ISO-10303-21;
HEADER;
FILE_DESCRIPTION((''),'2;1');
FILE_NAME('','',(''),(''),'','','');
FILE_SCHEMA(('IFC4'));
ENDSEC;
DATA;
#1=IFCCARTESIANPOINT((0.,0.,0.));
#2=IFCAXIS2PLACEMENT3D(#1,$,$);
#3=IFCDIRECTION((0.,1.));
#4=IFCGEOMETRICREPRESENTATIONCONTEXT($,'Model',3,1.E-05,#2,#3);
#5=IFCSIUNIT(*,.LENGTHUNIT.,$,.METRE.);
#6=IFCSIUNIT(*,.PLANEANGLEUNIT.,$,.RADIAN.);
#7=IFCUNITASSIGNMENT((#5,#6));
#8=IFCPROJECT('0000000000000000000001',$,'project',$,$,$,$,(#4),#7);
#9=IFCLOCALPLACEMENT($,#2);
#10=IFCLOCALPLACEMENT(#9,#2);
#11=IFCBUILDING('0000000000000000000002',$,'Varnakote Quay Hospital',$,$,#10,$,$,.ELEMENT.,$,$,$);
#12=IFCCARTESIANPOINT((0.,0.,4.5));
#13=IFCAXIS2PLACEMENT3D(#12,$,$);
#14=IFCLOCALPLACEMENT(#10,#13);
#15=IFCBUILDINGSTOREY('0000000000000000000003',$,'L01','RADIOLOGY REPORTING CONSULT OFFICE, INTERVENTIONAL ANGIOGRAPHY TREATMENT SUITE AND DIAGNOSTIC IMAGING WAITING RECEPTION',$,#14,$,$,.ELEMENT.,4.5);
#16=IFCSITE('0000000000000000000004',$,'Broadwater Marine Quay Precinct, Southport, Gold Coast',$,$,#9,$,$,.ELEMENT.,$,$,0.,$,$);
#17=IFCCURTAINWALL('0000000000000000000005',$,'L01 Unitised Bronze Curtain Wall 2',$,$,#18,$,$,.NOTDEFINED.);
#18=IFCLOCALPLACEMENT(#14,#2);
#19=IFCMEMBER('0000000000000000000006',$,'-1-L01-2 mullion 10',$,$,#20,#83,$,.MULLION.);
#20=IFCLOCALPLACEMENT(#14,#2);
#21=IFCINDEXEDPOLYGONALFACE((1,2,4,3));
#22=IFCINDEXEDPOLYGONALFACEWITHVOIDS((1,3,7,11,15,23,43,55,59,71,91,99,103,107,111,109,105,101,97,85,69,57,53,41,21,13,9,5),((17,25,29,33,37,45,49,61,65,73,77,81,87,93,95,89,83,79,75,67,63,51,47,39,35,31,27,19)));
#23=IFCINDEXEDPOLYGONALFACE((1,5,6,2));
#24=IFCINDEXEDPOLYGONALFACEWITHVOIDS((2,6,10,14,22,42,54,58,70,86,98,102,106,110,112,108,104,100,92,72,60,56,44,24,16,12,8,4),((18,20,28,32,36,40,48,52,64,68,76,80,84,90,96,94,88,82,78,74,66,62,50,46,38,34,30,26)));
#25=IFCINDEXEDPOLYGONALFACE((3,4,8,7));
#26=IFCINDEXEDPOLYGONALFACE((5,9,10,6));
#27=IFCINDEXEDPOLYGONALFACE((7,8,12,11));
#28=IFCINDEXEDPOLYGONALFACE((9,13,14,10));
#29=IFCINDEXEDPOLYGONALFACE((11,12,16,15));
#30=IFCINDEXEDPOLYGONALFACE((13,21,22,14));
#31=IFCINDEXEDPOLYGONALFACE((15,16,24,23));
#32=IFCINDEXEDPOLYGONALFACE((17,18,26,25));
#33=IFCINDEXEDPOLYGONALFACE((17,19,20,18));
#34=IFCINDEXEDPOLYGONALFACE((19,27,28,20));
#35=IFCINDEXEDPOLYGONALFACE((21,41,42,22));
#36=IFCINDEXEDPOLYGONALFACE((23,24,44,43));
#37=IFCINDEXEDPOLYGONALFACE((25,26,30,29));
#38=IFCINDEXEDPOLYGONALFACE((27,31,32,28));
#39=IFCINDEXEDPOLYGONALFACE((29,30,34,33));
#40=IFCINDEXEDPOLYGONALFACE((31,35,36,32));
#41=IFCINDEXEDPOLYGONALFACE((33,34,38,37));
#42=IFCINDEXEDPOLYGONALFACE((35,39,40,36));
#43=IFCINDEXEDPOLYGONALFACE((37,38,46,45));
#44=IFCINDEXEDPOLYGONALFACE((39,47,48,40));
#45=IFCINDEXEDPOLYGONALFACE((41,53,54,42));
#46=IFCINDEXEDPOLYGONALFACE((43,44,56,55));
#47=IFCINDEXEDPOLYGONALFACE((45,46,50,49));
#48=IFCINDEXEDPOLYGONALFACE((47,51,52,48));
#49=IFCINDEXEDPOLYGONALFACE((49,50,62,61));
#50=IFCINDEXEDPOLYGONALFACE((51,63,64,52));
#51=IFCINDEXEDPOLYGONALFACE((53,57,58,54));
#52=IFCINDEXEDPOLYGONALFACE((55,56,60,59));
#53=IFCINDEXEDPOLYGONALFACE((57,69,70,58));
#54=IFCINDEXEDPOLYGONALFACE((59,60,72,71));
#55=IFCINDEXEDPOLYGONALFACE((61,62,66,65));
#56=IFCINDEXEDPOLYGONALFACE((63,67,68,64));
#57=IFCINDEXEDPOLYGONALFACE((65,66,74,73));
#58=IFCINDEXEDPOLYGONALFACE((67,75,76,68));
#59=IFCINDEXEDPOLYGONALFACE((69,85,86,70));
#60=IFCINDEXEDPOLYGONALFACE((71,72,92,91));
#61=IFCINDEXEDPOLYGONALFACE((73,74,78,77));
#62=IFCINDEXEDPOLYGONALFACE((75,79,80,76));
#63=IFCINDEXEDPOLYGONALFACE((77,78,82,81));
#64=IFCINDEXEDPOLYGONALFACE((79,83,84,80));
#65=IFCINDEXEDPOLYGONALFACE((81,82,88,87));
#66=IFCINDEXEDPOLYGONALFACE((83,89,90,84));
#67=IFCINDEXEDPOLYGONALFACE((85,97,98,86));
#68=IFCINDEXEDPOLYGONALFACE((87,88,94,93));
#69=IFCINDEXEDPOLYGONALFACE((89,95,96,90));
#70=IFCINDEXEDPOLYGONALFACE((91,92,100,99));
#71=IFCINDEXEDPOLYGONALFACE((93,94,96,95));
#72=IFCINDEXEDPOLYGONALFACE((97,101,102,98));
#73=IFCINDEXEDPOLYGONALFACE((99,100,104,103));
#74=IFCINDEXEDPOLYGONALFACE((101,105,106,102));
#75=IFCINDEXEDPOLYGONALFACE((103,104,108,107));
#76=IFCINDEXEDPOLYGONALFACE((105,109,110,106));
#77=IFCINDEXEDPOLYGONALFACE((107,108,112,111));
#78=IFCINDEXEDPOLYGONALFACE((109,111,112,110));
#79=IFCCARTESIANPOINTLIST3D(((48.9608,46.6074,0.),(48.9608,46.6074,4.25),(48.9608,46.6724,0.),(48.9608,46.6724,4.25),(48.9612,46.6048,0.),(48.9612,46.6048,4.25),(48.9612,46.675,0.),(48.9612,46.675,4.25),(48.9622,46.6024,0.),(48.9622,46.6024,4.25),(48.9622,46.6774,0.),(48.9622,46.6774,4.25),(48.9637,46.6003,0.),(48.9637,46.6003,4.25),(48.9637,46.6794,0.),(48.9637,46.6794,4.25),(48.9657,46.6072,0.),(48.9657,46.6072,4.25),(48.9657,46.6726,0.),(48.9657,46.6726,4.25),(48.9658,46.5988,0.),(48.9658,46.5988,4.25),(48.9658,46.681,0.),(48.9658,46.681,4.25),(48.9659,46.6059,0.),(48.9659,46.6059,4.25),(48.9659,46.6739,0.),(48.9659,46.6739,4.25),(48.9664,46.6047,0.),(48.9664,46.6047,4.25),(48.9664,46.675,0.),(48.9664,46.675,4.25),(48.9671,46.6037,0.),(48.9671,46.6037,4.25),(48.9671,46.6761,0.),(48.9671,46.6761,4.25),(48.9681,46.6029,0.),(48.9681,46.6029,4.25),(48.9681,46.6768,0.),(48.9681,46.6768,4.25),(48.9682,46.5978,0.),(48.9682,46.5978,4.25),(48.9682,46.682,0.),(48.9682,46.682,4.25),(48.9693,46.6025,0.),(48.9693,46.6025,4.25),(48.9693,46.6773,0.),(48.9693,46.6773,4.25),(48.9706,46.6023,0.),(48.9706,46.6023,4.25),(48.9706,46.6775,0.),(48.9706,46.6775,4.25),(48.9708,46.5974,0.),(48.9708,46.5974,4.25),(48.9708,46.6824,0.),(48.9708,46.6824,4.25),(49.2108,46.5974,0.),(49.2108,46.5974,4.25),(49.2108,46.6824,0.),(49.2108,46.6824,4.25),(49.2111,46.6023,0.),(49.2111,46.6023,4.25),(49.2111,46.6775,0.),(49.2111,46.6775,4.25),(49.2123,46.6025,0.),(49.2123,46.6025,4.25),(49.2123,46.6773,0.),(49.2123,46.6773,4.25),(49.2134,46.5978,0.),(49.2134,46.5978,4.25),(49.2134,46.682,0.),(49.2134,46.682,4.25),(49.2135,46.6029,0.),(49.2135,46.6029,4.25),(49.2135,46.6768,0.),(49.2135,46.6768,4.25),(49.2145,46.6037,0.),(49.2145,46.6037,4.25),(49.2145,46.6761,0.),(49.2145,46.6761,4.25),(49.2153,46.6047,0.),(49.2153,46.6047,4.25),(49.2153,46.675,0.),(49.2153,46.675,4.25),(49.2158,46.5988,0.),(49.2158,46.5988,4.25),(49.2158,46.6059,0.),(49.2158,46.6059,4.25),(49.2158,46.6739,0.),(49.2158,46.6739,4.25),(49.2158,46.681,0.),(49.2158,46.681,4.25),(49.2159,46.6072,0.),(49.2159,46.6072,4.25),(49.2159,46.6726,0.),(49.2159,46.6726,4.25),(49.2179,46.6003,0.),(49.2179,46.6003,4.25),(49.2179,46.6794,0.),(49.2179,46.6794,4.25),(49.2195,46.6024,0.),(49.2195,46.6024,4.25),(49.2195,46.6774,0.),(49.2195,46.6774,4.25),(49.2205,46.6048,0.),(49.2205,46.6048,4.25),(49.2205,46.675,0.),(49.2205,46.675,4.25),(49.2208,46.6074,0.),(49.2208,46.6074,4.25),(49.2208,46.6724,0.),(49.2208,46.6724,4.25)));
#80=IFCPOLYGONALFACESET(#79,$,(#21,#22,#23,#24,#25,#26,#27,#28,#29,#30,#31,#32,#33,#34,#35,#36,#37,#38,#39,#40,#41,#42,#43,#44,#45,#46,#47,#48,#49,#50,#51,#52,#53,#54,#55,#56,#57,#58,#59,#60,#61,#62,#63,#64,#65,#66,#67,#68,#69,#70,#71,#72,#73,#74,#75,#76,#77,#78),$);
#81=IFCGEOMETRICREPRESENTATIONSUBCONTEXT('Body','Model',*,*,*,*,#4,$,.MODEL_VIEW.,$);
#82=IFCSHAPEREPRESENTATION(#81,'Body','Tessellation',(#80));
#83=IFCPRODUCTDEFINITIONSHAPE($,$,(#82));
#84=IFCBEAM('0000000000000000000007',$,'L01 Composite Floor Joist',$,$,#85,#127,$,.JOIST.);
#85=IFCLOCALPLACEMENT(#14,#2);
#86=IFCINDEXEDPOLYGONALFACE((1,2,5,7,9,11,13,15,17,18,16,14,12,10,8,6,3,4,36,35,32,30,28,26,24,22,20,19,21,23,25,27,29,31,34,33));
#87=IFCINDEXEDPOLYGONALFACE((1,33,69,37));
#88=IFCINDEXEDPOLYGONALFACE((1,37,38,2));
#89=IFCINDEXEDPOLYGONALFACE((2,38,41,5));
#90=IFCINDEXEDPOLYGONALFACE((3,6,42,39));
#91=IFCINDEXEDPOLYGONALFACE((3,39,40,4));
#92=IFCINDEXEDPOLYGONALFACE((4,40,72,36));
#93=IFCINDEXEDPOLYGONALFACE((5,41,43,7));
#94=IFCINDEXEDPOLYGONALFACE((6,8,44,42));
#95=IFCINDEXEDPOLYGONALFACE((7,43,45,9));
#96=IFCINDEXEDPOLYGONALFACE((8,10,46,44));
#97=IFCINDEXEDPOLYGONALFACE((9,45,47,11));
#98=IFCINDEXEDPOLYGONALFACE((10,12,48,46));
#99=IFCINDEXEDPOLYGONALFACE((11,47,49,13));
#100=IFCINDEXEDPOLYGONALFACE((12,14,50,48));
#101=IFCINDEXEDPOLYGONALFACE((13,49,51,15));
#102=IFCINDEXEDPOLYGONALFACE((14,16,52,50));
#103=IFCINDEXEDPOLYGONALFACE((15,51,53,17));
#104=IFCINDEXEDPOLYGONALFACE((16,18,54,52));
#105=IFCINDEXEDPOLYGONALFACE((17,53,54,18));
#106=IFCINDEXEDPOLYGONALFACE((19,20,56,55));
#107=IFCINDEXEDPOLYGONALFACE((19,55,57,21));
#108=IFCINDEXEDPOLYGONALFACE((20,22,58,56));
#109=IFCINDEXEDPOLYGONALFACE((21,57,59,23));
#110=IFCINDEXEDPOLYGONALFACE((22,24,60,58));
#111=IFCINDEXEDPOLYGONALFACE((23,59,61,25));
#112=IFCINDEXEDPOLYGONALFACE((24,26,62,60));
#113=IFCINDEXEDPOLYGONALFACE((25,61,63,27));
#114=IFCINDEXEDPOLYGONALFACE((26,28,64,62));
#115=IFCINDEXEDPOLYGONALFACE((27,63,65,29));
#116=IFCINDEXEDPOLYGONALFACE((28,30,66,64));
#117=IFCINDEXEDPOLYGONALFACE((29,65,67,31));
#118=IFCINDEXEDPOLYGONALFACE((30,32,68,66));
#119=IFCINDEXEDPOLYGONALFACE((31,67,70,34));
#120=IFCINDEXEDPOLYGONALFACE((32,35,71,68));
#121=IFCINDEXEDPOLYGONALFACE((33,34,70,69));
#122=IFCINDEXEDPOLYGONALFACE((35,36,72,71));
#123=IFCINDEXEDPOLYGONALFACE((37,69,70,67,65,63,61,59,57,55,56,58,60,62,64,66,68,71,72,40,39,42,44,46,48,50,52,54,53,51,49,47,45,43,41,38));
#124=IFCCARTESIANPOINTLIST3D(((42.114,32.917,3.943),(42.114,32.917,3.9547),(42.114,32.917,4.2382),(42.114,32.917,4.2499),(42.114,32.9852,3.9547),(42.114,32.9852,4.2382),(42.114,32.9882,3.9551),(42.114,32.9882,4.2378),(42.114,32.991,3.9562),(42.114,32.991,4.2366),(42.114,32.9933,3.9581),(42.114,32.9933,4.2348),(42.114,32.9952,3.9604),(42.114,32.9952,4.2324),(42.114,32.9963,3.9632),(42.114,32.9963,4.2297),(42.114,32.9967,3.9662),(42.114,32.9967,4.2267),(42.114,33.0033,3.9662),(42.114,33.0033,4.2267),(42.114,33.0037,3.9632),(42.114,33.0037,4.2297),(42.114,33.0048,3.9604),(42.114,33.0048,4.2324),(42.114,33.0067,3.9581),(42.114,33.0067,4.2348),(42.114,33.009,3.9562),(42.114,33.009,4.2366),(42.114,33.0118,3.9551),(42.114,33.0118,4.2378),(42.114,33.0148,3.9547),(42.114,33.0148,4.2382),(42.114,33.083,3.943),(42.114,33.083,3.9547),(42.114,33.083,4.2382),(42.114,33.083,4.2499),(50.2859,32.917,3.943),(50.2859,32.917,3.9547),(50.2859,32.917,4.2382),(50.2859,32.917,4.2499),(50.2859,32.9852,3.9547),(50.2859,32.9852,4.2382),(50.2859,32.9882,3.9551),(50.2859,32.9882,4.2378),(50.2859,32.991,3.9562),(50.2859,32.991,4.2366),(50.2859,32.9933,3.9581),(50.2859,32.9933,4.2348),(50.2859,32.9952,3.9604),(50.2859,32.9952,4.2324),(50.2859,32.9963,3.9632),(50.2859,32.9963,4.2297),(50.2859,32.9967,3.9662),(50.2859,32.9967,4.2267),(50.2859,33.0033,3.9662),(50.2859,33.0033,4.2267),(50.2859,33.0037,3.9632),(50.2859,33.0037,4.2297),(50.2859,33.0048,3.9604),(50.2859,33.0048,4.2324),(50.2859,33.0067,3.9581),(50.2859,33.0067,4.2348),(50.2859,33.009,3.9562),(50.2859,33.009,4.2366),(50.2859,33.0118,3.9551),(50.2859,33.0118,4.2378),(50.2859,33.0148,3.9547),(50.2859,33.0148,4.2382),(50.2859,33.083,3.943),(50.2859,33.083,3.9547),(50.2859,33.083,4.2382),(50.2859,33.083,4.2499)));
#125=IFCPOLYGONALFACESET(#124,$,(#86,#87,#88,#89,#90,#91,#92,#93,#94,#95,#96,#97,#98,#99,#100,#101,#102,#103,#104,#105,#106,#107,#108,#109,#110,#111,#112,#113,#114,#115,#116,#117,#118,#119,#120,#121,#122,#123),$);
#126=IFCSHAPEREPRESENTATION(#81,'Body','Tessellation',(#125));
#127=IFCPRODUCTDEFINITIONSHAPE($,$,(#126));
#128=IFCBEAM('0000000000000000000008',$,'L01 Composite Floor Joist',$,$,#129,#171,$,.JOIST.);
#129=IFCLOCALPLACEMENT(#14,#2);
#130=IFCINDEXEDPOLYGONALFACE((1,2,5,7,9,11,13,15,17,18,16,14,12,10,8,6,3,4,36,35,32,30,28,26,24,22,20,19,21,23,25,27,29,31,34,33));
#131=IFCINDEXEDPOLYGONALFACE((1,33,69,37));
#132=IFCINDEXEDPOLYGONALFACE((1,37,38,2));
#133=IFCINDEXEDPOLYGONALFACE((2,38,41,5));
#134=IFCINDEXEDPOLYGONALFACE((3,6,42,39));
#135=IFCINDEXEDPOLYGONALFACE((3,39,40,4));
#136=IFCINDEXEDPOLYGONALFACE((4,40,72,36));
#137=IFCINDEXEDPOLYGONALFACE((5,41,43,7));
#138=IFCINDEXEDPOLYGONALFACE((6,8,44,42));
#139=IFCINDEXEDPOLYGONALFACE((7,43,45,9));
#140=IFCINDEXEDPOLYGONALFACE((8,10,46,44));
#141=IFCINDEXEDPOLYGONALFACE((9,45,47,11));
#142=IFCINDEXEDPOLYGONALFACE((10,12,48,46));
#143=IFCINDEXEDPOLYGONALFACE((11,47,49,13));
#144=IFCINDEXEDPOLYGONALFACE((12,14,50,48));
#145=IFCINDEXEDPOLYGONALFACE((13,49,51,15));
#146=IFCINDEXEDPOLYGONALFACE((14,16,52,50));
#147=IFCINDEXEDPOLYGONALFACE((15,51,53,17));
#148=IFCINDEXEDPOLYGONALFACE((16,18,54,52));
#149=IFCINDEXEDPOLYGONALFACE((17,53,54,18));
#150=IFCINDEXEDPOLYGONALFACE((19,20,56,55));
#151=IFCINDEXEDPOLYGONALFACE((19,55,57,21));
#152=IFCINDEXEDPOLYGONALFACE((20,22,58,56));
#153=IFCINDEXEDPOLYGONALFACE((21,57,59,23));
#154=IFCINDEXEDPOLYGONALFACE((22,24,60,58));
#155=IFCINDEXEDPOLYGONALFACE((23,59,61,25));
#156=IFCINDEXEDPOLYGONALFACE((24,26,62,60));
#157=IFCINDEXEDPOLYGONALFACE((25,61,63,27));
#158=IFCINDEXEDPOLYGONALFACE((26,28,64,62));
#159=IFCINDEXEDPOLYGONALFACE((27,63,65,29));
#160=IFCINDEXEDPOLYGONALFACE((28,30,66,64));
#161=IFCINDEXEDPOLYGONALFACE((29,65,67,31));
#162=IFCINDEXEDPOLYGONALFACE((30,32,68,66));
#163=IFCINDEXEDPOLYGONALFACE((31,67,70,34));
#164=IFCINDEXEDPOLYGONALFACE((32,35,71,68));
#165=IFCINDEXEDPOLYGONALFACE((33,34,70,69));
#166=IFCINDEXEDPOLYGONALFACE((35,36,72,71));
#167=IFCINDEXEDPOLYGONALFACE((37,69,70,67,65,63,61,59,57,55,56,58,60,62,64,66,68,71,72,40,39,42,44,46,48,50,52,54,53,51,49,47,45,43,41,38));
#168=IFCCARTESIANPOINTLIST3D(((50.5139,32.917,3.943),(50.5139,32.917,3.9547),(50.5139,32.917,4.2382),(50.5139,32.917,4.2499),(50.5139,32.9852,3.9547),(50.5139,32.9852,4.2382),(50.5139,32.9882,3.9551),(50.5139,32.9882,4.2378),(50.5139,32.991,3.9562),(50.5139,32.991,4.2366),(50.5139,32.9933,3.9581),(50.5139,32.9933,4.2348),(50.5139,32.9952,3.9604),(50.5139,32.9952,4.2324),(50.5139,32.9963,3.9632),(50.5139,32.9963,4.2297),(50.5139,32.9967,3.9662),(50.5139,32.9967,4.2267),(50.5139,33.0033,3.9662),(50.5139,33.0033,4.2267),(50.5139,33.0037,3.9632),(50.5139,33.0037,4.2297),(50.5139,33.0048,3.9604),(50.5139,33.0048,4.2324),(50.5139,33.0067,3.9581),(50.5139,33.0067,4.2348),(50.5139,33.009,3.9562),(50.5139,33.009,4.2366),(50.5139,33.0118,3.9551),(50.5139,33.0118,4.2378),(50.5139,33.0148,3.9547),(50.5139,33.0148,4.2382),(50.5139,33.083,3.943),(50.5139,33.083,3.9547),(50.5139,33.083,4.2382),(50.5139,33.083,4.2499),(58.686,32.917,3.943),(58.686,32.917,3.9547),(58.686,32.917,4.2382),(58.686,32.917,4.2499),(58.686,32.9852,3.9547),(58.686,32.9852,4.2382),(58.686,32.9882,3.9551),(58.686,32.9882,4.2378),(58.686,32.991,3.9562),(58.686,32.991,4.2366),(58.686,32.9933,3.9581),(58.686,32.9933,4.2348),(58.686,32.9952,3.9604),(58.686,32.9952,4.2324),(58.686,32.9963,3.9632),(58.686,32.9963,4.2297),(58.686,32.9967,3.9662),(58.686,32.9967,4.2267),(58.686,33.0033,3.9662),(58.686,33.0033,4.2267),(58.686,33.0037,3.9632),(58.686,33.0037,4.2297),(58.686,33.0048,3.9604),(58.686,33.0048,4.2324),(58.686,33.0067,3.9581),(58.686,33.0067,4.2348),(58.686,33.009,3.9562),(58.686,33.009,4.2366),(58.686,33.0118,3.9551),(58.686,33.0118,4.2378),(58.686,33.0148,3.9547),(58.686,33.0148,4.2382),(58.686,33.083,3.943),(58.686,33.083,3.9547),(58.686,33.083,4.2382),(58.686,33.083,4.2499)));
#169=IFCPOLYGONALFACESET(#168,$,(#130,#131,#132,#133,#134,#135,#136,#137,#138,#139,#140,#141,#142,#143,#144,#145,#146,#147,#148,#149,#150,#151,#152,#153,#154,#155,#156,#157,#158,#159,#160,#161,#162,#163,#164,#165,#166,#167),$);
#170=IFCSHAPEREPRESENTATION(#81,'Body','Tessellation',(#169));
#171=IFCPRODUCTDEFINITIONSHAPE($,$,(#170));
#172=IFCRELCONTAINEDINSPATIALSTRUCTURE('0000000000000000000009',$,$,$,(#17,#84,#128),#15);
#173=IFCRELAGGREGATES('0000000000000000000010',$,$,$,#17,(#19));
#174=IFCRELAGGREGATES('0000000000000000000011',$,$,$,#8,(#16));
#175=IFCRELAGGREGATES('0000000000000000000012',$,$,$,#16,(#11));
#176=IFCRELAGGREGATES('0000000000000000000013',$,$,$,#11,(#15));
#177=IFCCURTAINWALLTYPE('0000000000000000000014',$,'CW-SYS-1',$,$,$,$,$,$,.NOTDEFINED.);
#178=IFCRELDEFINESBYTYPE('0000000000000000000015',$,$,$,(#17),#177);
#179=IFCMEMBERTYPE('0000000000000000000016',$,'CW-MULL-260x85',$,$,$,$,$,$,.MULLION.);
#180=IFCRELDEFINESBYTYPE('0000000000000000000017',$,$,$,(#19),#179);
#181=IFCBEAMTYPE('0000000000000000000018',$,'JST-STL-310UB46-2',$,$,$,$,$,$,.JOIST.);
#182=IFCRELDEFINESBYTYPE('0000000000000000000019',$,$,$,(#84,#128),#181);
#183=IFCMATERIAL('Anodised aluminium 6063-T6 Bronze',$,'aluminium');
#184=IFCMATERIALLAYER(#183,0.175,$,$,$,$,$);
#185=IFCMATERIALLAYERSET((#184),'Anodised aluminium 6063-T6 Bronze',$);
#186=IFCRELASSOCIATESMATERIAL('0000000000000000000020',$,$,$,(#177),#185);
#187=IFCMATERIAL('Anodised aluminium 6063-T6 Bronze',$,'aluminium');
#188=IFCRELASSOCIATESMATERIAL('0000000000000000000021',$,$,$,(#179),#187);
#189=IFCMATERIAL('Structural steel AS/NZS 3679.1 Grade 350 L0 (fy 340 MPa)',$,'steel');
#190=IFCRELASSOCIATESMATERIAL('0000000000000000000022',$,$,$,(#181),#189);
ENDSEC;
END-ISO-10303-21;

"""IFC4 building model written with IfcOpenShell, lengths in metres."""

from ifc_helpers import new_model, si_unit, direction, frame, origin, origin_2d, place, context, subcontext, project, spatial, hollow_rectangle, i_section, extrude, material, layer, layer_set, material_profile, profile_set, type_object, element, aggregate, save


model = new_model("IFC4")

# Units and contexts
model_context = context("Model", 3, precision=1e-05, world=origin(), true_north=direction((0.0, 1.0)))
body_context = subcontext(model_context, "Body", "Model", "MODEL_VIEW")
ifc_project = project(units=[si_unit("LENGTHUNIT", "METRE"), si_unit("PLANEANGLEUNIT", "RADIAN")], contexts=[model_context])

# Site, building, storey
site_placement = place(None, origin())
site = spatial("IfcSite", under=ifc_project, at=site_placement, Name="Broadwater Marine Quay Precinct, Southport, Gold Coast", CompositionType="ELEMENT", RefElevation=0.0)
building_placement = place(site_placement, origin())
building = spatial("IfcBuilding", under=site, at=building_placement, Name="Varnakote Quay Hospital", CompositionType="ELEMENT")
storey_placement = place(building_placement, frame((0.0, 0.0, 4.5)))
storey = spatial("IfcBuildingStorey", under=building, at=storey_placement, Name="L01", Description="RADIOLOGY REPORTING CONSULT OFFICE, INTERVENTIONAL ANGIOGRAPHY TREATMENT SUITE AND DIAGNOSTIC IMAGING WAITING RECEPTION", CompositionType="ELEMENT", Elevation=4.5)

# Curtain wall, member
ifc_material_1 = material(Name="Anodised aluminium 6063-T6 Bronze", Category="aluminium")
ifc_layer_1 = layer(ifc_material_1, 0.175)
ifc_layer_set_1 = layer_set([ifc_layer_1], Name="Anodised aluminium 6063-T6 Bronze")
curtain_wall_type = type_object("IfcCurtainWallType", Name="CW-SYS-1", PredefinedType="NOTDEFINED", material=ifc_layer_set_1)
curtain_wall_placement = place(storey_placement, origin())
curtain_wall = element("IfcCurtainWall", 1, at=curtain_wall_placement, inside=storey, type_object=curtain_wall_type, Name="L01 Unitised Bronze Curtain Wall 2", PredefinedType="NOTDEFINED")
ifc_material_2 = material(Name="Anodised aluminium 6063-T6 Bronze", Category="aluminium")
ifc_material_profile_1 = material_profile(ifc_material_2, hollow_rectangle(XDim=0.085, YDim=0.26, WallThickness=0.0049, InnerFilletRadius=0.0049, OuterFilletRadius=0.01, at=origin_2d()), Name="CW-MULL-260x85")
ifc_profile_set_1 = profile_set([ifc_material_profile_1], Name="Anodised aluminium 6063-T6 Bronze")
member_type = type_object("IfcMemberType", Name="CW-MULL-260x85", PredefinedType="MULLION", material=ifc_profile_set_1)
member_placement = place(storey_placement, frame((49.0908, 46.6399, 0.0), z_axis=(0.0, 0.0, 1.0), x_axis=(0.0, -1.0, 0.0)))
member = element("IfcMember", 2, at=member_placement, type_object=member_type, Name="-1-L01-2 mullion 10", PredefinedType="MULLION", context=body_context, shape_type="SweptSolid", body=[
    extrude(hollow_rectangle(XDim=0.085, YDim=0.26, WallThickness=0.0049, InnerFilletRadius=0.0049, OuterFilletRadius=0.01, at=origin_2d()), origin(), (0.0, 0.0, 1.0), 4.25),
])
aggregate(curtain_wall, [member])

# Beams
ifc_material_3 = material(Name="Structural steel AS/NZS 3679.1 Grade 350 L0 (fy 340 MPa)", Category="steel")
ifc_material_profile_2 = material_profile(ifc_material_3, i_section(OverallWidth=0.166, OverallDepth=0.3069, WebThickness=0.0066, FlangeThickness=0.0117, FilletRadius=0.0115, at=origin_2d()), Name="310UB46.2")
ifc_profile_set_2 = profile_set([ifc_material_profile_2], Name="Structural steel AS/NZS 3679.1 Grade 350 L0 (fy 340 MPa)")
beam_type_1 = type_object("IfcBeamType", Name="JST-STL-310UB46-2", PredefinedType="JOIST", material=ifc_profile_set_2)
beam_1_placement = place(storey_placement, frame((42.114, 33.0, 4.0964), z_axis=(1.0, 0.0, 0.0), x_axis=(0.0, 1.0, 0.0)))
element("IfcBeam", 3, at=beam_1_placement, inside=storey, type_object=beam_type_1, Name="L01 Composite Floor Joist", PredefinedType="JOIST", context=body_context, shape_type="SweptSolid", body=[
    extrude(i_section(OverallWidth=0.166, OverallDepth=0.3069, WebThickness=0.0066, FlangeThickness=0.0117, FilletRadius=0.0115, at=origin_2d()), origin(), (0.0, 0.0, 1.0), 8.1719),
])
for number, where, z_axis, x_axis, name in (
    (4, (50.5139, 33.0, 4.0964), (1.0, 0.0, 0.0), (0.0, 1.0, 0.0), "L01 Composite Floor Joist"),
):
    element("IfcBeam", number, at=place(storey_placement, frame(where, z_axis=z_axis, x_axis=x_axis)), inside=storey, type_object=beam_type_1, Name=name, PredefinedType="JOIST", context=body_context, shape_type="SweptSolid", body=[
        extrude(i_section(OverallWidth=0.166, OverallDepth=0.3069, WebThickness=0.0066, FlangeThickness=0.0117, FilletRadius=0.0115, at=origin_2d()), origin(), (0.0, 0.0, 1.0), 8.1721),
    ])

save(model, "model.ifc")
